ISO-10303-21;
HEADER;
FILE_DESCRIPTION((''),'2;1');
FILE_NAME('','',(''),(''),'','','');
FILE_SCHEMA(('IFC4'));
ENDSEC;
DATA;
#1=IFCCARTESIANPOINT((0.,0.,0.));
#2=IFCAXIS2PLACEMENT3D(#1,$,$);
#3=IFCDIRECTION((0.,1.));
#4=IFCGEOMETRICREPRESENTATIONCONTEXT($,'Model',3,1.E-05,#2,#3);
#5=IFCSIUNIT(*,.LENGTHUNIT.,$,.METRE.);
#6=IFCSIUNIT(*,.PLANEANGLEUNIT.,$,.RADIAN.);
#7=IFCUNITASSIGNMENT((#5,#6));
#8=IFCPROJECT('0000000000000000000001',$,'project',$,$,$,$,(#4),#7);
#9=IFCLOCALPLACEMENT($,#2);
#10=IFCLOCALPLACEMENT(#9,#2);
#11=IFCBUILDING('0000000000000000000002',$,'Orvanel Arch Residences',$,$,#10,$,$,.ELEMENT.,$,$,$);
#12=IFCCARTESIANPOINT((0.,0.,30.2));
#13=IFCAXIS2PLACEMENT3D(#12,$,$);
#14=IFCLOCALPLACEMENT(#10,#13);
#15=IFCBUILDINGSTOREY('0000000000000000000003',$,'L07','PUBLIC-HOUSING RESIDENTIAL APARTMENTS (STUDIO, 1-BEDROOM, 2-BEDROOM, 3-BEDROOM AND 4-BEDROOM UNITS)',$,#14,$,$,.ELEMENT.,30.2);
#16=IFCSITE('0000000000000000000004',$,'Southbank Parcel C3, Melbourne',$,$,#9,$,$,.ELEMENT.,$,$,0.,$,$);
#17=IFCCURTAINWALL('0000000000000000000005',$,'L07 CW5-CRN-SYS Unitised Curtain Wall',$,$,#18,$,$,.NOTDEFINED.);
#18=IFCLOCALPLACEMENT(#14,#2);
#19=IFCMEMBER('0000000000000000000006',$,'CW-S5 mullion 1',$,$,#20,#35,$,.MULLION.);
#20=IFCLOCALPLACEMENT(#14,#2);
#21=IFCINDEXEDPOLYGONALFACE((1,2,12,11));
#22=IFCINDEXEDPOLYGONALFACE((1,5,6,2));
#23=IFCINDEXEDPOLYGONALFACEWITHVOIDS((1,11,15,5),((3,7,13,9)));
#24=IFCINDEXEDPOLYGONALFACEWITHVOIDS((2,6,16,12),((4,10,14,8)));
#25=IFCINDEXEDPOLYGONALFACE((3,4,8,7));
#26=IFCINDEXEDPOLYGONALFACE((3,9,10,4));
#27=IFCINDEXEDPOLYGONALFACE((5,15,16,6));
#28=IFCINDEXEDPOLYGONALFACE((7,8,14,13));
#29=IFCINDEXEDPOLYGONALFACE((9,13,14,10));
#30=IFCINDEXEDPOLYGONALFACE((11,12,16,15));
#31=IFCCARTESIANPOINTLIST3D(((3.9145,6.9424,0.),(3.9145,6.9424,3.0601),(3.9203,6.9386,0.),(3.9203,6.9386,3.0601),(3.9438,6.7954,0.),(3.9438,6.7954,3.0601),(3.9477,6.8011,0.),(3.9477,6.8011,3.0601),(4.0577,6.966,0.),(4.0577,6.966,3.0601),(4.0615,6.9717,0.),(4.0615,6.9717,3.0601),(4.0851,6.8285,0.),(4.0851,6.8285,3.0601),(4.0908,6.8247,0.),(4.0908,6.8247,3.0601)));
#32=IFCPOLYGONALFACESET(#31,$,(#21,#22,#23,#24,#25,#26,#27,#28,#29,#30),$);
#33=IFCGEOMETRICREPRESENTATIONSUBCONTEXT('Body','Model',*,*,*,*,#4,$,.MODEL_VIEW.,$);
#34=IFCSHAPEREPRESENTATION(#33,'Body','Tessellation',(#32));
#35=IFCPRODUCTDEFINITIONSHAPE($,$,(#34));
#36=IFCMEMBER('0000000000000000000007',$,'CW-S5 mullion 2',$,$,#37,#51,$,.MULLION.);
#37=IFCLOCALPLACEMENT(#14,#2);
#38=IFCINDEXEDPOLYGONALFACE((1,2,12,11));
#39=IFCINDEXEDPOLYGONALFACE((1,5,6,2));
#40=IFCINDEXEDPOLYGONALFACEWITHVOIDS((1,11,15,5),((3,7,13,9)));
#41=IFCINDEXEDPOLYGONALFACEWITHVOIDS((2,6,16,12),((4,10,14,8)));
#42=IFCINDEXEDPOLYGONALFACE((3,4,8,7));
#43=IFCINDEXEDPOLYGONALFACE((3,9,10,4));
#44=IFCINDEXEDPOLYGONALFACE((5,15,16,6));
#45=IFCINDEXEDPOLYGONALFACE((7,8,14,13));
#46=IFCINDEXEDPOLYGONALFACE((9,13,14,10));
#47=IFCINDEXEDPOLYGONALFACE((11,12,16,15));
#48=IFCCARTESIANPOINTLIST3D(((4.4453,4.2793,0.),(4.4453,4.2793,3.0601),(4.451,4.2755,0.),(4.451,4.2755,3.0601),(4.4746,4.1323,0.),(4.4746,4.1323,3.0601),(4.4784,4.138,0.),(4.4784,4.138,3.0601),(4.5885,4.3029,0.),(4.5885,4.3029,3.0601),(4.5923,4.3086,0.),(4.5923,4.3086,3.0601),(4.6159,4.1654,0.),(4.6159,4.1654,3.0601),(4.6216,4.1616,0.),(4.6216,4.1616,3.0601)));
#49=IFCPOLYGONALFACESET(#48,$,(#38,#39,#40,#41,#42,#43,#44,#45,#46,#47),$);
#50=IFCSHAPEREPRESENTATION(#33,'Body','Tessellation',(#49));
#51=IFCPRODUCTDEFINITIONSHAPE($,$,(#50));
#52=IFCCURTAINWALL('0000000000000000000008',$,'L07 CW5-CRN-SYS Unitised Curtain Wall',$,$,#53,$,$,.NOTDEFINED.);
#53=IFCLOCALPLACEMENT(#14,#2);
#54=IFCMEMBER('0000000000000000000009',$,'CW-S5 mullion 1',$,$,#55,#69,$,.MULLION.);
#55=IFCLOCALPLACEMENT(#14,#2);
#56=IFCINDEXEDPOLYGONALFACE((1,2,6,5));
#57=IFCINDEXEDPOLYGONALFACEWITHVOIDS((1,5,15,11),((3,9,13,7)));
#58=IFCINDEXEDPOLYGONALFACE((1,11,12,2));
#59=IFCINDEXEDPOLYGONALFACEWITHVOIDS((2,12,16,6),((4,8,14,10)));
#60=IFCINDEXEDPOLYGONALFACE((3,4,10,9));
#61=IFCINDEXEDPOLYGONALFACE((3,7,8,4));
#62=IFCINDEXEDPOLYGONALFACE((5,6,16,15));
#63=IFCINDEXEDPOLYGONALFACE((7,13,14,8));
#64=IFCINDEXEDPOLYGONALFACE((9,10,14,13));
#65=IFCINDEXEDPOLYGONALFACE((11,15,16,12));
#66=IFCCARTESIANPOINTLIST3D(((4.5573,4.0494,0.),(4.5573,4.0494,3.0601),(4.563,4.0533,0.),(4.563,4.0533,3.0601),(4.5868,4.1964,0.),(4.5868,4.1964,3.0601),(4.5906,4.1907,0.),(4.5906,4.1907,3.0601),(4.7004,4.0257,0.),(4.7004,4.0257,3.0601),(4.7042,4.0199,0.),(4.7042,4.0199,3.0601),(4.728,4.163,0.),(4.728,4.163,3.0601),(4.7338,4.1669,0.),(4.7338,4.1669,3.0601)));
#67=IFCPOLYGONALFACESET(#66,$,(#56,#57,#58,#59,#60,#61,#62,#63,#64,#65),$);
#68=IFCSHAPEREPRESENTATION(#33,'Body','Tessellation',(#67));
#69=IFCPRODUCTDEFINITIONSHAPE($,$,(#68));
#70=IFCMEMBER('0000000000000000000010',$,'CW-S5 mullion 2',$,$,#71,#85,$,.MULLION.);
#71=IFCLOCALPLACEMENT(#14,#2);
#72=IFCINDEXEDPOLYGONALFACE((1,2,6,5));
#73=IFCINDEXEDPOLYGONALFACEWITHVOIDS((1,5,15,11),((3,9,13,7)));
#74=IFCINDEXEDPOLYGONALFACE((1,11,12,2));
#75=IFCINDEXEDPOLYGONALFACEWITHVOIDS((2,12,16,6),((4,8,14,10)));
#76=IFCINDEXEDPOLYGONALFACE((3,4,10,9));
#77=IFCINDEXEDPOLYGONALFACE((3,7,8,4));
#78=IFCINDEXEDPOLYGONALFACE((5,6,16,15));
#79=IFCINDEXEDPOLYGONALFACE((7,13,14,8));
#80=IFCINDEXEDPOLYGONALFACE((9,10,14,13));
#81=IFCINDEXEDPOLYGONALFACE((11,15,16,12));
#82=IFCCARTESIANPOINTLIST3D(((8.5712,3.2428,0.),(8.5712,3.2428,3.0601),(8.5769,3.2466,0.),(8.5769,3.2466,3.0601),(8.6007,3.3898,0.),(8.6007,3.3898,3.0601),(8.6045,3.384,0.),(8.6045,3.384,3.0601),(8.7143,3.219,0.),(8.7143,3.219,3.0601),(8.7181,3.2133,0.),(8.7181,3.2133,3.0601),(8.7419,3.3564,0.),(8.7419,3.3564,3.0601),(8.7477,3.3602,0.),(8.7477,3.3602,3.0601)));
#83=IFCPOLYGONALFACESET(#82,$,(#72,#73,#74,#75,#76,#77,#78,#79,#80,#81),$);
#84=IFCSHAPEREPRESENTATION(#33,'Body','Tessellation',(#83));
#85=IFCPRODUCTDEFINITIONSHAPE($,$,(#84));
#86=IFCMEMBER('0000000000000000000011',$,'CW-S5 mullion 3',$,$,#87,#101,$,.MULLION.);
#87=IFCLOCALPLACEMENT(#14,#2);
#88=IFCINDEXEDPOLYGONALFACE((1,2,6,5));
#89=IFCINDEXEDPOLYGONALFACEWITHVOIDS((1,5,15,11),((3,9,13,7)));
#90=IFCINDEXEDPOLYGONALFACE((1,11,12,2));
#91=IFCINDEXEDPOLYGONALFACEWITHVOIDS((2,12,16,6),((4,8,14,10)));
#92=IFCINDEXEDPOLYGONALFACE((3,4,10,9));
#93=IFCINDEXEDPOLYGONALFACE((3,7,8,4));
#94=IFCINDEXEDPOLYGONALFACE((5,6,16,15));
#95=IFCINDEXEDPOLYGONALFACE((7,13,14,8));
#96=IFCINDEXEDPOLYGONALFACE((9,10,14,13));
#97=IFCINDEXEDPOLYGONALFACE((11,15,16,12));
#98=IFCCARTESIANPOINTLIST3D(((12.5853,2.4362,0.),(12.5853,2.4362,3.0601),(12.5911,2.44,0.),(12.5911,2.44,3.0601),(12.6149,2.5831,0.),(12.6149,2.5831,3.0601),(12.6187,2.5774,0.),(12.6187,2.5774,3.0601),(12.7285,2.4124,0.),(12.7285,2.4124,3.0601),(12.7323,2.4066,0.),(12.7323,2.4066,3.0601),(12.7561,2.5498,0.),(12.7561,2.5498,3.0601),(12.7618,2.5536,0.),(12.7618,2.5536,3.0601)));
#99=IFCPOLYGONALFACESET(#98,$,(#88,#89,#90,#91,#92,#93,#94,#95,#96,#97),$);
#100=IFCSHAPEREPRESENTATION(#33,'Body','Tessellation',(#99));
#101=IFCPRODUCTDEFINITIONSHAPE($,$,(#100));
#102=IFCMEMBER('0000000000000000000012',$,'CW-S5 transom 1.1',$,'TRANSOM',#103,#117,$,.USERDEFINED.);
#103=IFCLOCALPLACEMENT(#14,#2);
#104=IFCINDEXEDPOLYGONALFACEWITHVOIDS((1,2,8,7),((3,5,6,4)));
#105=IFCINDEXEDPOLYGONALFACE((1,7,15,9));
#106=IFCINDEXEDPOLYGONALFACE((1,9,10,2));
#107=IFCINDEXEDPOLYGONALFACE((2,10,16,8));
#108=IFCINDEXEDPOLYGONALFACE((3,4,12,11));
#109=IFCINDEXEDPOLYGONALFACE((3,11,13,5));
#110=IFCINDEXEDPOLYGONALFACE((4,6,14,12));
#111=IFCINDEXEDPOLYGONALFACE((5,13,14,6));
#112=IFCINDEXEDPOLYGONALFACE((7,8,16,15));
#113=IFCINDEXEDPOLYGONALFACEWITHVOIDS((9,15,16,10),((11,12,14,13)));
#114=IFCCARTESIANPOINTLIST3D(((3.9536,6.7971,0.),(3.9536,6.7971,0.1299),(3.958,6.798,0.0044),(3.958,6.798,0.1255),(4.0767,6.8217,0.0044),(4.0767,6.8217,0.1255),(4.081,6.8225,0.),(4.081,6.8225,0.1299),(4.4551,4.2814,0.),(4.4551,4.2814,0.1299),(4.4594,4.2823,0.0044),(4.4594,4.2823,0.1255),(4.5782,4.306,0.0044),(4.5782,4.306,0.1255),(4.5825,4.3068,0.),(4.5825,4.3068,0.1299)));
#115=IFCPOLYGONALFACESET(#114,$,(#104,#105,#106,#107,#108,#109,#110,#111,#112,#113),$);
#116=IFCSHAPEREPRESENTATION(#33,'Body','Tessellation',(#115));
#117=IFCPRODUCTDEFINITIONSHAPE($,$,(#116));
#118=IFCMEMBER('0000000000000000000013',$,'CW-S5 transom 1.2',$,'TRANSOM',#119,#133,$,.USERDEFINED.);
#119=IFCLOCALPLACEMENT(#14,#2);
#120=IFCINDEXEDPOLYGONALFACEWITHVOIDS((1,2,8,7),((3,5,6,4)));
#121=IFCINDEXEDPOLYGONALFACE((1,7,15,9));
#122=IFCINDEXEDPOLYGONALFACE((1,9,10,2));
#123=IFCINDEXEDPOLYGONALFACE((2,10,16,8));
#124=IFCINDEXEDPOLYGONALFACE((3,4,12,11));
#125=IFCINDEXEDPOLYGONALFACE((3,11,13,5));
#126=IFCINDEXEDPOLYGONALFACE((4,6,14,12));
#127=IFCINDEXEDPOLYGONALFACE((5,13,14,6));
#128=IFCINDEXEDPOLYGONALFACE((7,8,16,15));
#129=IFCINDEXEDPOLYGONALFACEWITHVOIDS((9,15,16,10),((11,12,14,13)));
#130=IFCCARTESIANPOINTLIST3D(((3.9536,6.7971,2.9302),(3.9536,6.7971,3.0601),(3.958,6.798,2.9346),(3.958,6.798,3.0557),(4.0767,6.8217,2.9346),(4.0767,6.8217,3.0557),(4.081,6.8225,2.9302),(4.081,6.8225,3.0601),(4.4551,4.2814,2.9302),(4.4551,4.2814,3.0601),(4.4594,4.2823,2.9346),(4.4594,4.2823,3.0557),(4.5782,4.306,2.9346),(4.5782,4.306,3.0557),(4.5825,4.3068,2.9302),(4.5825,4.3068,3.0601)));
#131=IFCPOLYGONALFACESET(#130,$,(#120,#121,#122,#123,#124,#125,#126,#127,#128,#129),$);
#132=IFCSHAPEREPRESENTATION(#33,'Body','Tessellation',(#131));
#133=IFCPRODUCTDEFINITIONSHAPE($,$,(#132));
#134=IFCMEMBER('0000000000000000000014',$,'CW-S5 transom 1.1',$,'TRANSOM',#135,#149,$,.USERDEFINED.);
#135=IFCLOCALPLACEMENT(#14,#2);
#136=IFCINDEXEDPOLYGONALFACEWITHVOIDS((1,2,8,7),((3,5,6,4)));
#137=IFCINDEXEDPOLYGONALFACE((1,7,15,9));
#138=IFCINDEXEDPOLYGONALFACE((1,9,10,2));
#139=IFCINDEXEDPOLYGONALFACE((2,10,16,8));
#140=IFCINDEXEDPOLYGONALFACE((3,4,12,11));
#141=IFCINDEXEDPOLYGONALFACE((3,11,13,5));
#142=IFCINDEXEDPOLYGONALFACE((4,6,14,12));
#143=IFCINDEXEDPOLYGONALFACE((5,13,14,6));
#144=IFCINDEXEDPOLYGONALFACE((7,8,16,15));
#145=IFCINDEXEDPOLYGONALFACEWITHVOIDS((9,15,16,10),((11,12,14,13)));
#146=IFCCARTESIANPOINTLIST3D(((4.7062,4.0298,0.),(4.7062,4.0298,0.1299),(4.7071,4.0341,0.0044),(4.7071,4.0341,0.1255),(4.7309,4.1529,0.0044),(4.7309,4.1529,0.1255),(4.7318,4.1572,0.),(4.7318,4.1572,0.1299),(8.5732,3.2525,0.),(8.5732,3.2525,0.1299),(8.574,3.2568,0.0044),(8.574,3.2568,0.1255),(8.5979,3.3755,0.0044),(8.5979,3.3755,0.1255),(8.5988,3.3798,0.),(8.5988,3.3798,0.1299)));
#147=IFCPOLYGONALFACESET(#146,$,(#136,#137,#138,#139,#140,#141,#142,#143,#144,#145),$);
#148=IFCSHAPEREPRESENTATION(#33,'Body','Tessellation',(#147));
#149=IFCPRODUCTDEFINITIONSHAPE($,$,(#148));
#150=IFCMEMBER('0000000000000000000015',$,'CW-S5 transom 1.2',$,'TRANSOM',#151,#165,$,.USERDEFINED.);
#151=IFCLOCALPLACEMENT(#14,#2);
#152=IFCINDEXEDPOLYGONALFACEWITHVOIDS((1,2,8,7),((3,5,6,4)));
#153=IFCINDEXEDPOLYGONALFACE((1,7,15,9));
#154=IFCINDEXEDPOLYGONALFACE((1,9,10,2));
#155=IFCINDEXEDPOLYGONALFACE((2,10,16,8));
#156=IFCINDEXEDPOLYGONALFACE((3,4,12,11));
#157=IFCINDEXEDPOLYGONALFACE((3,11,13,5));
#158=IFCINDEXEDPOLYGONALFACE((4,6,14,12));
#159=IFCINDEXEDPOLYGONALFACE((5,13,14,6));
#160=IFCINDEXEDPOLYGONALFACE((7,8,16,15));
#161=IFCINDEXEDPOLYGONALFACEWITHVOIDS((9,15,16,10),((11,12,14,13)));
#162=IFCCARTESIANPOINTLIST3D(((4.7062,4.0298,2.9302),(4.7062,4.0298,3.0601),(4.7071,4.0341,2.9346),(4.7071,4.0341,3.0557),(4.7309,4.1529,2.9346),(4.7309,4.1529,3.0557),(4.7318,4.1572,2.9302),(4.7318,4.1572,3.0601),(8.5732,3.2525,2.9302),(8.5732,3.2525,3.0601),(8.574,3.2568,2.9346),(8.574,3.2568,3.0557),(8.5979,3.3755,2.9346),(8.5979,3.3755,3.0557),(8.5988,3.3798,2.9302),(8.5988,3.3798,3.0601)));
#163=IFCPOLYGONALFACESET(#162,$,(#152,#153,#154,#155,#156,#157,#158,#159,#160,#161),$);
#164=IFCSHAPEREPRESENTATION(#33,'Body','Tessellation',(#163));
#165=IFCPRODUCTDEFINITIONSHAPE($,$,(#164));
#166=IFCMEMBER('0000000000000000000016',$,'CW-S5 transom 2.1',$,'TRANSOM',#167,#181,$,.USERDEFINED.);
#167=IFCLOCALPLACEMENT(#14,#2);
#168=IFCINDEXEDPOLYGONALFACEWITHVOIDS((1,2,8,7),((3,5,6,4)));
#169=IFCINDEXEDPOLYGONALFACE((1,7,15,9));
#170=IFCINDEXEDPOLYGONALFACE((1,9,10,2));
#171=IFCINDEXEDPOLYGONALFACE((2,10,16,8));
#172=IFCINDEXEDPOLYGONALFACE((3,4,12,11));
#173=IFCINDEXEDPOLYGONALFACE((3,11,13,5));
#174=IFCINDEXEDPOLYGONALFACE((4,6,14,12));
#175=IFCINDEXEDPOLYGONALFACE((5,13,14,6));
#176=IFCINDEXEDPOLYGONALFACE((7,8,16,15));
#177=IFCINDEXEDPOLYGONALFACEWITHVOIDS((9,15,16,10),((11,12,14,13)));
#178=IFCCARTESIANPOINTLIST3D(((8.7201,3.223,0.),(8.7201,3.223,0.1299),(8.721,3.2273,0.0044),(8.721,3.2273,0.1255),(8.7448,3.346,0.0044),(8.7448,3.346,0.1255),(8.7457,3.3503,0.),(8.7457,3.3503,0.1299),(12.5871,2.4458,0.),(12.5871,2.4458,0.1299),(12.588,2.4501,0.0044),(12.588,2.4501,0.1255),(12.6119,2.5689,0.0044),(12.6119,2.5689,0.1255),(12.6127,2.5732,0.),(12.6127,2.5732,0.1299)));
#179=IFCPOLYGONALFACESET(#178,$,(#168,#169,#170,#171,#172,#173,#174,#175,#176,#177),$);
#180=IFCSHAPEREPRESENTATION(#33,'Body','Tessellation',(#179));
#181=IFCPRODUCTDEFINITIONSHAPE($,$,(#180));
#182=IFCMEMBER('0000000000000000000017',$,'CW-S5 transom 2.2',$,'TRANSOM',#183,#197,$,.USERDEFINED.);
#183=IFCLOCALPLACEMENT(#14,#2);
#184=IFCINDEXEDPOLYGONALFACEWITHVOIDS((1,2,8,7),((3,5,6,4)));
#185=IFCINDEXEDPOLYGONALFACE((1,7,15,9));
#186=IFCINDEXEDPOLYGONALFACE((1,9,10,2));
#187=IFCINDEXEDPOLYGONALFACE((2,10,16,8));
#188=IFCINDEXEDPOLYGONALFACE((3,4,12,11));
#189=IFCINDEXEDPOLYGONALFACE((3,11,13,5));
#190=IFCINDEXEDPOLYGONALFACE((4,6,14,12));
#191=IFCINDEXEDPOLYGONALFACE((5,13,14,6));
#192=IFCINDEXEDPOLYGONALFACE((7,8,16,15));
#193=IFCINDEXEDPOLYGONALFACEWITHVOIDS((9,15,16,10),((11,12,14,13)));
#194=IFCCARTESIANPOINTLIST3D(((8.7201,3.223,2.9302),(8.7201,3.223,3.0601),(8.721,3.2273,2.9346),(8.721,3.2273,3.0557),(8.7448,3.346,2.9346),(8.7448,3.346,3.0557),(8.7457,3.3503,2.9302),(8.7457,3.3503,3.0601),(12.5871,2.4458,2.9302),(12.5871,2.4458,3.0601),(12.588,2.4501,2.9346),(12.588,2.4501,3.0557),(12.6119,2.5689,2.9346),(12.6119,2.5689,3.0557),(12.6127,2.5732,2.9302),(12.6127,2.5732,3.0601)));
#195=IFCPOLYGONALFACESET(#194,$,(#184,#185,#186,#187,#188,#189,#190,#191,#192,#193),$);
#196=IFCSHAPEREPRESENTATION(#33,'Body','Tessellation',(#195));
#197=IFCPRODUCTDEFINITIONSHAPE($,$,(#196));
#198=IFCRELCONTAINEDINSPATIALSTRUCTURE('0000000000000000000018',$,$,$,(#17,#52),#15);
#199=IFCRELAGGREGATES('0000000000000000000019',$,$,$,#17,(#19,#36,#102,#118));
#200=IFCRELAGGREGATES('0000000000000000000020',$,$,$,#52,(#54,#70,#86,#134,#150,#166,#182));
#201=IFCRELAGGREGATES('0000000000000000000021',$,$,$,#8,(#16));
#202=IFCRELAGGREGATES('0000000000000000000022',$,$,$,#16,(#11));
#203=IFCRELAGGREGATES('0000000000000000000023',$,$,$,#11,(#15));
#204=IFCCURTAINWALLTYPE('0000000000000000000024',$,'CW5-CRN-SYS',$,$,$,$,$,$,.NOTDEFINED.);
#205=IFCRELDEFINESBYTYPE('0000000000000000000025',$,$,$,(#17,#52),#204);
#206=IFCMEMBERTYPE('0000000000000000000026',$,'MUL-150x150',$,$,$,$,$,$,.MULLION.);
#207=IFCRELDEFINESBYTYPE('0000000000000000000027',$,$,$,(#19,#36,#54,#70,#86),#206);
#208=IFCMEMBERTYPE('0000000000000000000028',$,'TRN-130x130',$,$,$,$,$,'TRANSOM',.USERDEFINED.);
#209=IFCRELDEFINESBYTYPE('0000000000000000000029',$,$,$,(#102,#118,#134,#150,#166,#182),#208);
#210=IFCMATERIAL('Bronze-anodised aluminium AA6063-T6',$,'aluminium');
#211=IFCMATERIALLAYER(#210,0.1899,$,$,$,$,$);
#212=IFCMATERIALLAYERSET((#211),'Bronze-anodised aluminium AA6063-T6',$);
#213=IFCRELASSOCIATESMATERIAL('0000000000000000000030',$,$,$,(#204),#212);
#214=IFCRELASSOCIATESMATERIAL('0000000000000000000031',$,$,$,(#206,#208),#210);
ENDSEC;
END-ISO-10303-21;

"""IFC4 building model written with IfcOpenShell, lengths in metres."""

from ifc_helpers import new_model, si_unit, direction, frame, origin, origin_2d, place, context, subcontext, project, spatial, hollow_rectangle, extrude, material, layer, layer_set, material_profile, profile_set, type_object, element, aggregate, save


model = new_model("IFC4")

# Units and contexts
model_context = context("Model", 3, precision=1e-05, world=origin(), true_north=direction((0.0, 1.0)))
body_context = subcontext(model_context, "Body", "Model", "MODEL_VIEW")
ifc_project = project(units=[si_unit("LENGTHUNIT", "METRE"), si_unit("PLANEANGLEUNIT", "RADIAN")], contexts=[model_context])

# Site, building, storey
site_placement = place(None, origin())
site = spatial("IfcSite", under=ifc_project, at=site_placement, Name="Southbank Parcel C3, Melbourne", CompositionType="ELEMENT", RefElevation=0.0)
building_placement = place(site_placement, origin())
building = spatial("IfcBuilding", under=site, at=building_placement, Name="Orvanel Arch Residences", CompositionType="ELEMENT")
storey_placement = place(building_placement, frame((0.0, 0.0, 30.2)))
storey = spatial("IfcBuildingStorey", under=building, at=storey_placement, Name="L07", Description="PUBLIC-HOUSING RESIDENTIAL APARTMENTS (STUDIO, 1-BEDROOM, 2-BEDROOM, 3-BEDROOM AND 4-BEDROOM UNITS)", CompositionType="ELEMENT", Elevation=30.2)

# Curtain walls, members
ifc_material_1 = material(Name="Bronze-anodised aluminium AA6063-T6", Category="aluminium")
ifc_layer_1 = layer(ifc_material_1, 0.1899)
ifc_layer_set_1 = layer_set([ifc_layer_1], Name="Bronze-anodised aluminium AA6063-T6")
curtain_wall_type = type_object("IfcCurtainWallType", Name="CW5-CRN-SYS", PredefinedType="NOTDEFINED", material=ifc_layer_set_1)
curtain_wall_1_placement = place(storey_placement, origin())
curtain_wall_1 = element("IfcCurtainWall", 1, at=curtain_wall_1_placement, inside=storey, type_object=curtain_wall_type, Name="L07 CW5-CRN-SYS Unitised Curtain Wall", PredefinedType="NOTDEFINED")
ifc_material_profile_1 = material_profile(ifc_material_1, hollow_rectangle(XDim=0.1499, YDim=0.1499, WallThickness=0.0049, at=origin_2d()), Name="ALU150x150x5")
ifc_profile_set_1 = profile_set([ifc_material_profile_1], Name="Bronze-anodised aluminium AA6063-T6")
member_type_1 = type_object("IfcMemberType", Name="MUL-150x150", PredefinedType="MULLION", material=ifc_profile_set_1)
member_1_placement = place(storey_placement, frame((4.0027, 6.8835, 0.0), z_axis=(0.0, 0.0, 1.0), x_axis=(0.980715, 0.195445, 0.0)))
member_1 = element("IfcMember", 2, at=member_1_placement, type_object=member_type_1, Name="CW-S5 mullion 1", PredefinedType="MULLION", context=body_context, shape_type="SweptSolid", body=[
    extrude(hollow_rectangle(XDim=0.1499, YDim=0.1499, WallThickness=0.0049, at=origin_2d()), origin(), (0.0, 0.0, 1.0), 3.0601),
])
member_2_placement = place(storey_placement, frame((4.5334, 4.2205, 0.0), z_axis=(0.0, 0.0, 1.0), x_axis=(0.980715, 0.195445, 0.0)))
member_2 = element("IfcMember", 3, at=member_2_placement, type_object=member_type_1, Name="CW-S5 mullion 2", PredefinedType="MULLION", context=body_context, shape_type="SweptSolid", body=[
    extrude(hollow_rectangle(XDim=0.1499, YDim=0.1499, WallThickness=0.0049, at=origin_2d()), origin(), (0.0, 0.0, 1.0), 3.0601),
])
curtain_wall_2_placement = place(storey_placement, origin())
curtain_wall_2 = element("IfcCurtainWall", 4, at=curtain_wall_2_placement, inside=storey, type_object=curtain_wall_type, Name="L07 CW5-CRN-SYS Unitised Curtain Wall", PredefinedType="NOTDEFINED")
member_3_placement = place(storey_placement, frame((4.6455, 4.1082, 0.0), z_axis=(0.0, 0.0, 1.0), x_axis=(0.197039, 0.980396, 0.0)))
member_3 = element("IfcMember", 5, at=member_3_placement, type_object=member_type_1, Name="CW-S5 mullion 1", PredefinedType="MULLION", context=body_context, shape_type="SweptSolid", body=[
    extrude(hollow_rectangle(XDim=0.1499, YDim=0.1499, WallThickness=0.0049, at=origin_2d()), origin(), (0.0, 0.0, 1.0), 3.0601),
])
member_4_placement = place(storey_placement, frame((8.6594, 3.3015, 0.0), z_axis=(0.0, 0.0, 1.0), x_axis=(0.197039, 0.980396, 0.0)))
member_4 = element("IfcMember", 6, at=member_4_placement, type_object=member_type_1, Name="CW-S5 mullion 2", PredefinedType="MULLION", context=body_context, shape_type="SweptSolid", body=[
    extrude(hollow_rectangle(XDim=0.1499, YDim=0.1499, WallThickness=0.0049, at=origin_2d()), origin(), (0.0, 0.0, 1.0), 3.0601),
])
member_5_placement = place(storey_placement, frame((12.6736, 2.4949, 0.0), z_axis=(0.0, 0.0, 1.0), x_axis=(0.197039, 0.980396, 0.0)))
member_5 = element("IfcMember", 7, at=member_5_placement, type_object=member_type_1, Name="CW-S5 mullion 3", PredefinedType="MULLION", context=body_context, shape_type="SweptSolid", body=[
    extrude(hollow_rectangle(XDim=0.1499, YDim=0.1499, WallThickness=0.0049, at=origin_2d()), origin(), (0.0, 0.0, 1.0), 3.0601),
])

# Members
ifc_material_profile_2 = material_profile(ifc_material_1, hollow_rectangle(XDim=0.1299, YDim=0.1299, WallThickness=0.0044, at=origin_2d()), Name="ALU130x130x4.5")
ifc_profile_set_2 = profile_set([ifc_material_profile_2], Name="Bronze-anodised aluminium AA6063-T6")
member_type_2 = type_object("IfcMemberType", Name="TRN-130x130", ElementType="TRANSOM", PredefinedType="USERDEFINED", material=ifc_profile_set_2)
member_6_placement = place(storey_placement, frame((4.0173, 6.8098, 0.0649), z_axis=(0.195494, -0.980705, 0.0), x_axis=(0.980705, 0.195494, 0.0)))
member_6 = element("IfcMember", 8, at=member_6_placement, type_object=member_type_2, Name="CW-S5 transom 1.1", ObjectType="TRANSOM", PredefinedType="USERDEFINED", context=body_context, shape_type="SweptSolid", body=[
    extrude(hollow_rectangle(XDim=0.1299, YDim=0.1299, WallThickness=0.0044, at=origin_2d()), origin(), (0.0, 0.0, 1.0), 2.5652),
])
member_7_placement = place(storey_placement, frame((4.0173, 6.8098, 2.9951), z_axis=(0.195494, -0.980705, 0.0), x_axis=(0.980705, 0.195494, 0.0)))
member_7 = element("IfcMember", 9, at=member_7_placement, type_object=member_type_2, Name="CW-S5 transom 1.2", ObjectType="TRANSOM", PredefinedType="USERDEFINED", context=body_context, shape_type="SweptSolid", body=[
    extrude(hollow_rectangle(XDim=0.1299, YDim=0.1299, WallThickness=0.0044, at=origin_2d()), origin(), (0.0, 0.0, 1.0), 2.5652),
])
member_8_placement = place(storey_placement, frame((4.719, 4.0935, 0.0649), z_axis=(0.980387, -0.19708, 0.0), x_axis=(0.19708, 0.980387, 0.0)))
member_8 = element("IfcMember", 10, at=member_8_placement, type_object=member_type_2, Name="CW-S5 transom 1.1", ObjectType="TRANSOM", PredefinedType="USERDEFINED", context=body_context, shape_type="SweptSolid", body=[
    extrude(hollow_rectangle(XDim=0.1299, YDim=0.1299, WallThickness=0.0044, at=origin_2d()), origin(), (0.0, 0.0, 1.0), 3.9443),
])
member_9_placement = place(storey_placement, frame((4.719, 4.0935, 2.9951), z_axis=(0.980387, -0.19708, 0.0), x_axis=(0.19708, 0.980387, 0.0)))
member_9 = element("IfcMember", 11, at=member_9_placement, type_object=member_type_2, Name="CW-S5 transom 1.2", ObjectType="TRANSOM", PredefinedType="USERDEFINED", context=body_context, shape_type="SweptSolid", body=[
    extrude(hollow_rectangle(XDim=0.1299, YDim=0.1299, WallThickness=0.0044, at=origin_2d()), origin(), (0.0, 0.0, 1.0), 3.9443),
])
member_10_placement = place(storey_placement, frame((8.7329, 3.2866, 0.0649), z_axis=(0.980399, -0.197021, 0.0), x_axis=(0.197021, 0.980399, 0.0)))
member_10 = element("IfcMember", 12, at=member_10_placement, type_object=member_type_2, Name="CW-S5 transom 2.1", ObjectType="TRANSOM", PredefinedType="USERDEFINED", context=body_context, shape_type="SweptSolid", body=[
    extrude(hollow_rectangle(XDim=0.1299, YDim=0.1299, WallThickness=0.0044, at=origin_2d()), origin(), (0.0, 0.0, 1.0), 3.9443),
])
member_11_placement = place(storey_placement, frame((8.7329, 3.2866, 2.9951), z_axis=(0.980399, -0.197021, 0.0), x_axis=(0.197021, 0.980399, 0.0)))
member_11 = element("IfcMember", 13, at=member_11_placement, type_object=member_type_2, Name="CW-S5 transom 2.2", ObjectType="TRANSOM", PredefinedType="USERDEFINED", context=body_context, shape_type="SweptSolid", body=[
    extrude(hollow_rectangle(XDim=0.1299, YDim=0.1299, WallThickness=0.0044, at=origin_2d()), origin(), (0.0, 0.0, 1.0), 3.9443),
])

aggregate(curtain_wall_1, [member_1, member_2, member_6, member_7])
aggregate(curtain_wall_2, [member_3, member_4, member_5, member_8, member_9, member_10, member_11])

save(model, "model.ifc")
